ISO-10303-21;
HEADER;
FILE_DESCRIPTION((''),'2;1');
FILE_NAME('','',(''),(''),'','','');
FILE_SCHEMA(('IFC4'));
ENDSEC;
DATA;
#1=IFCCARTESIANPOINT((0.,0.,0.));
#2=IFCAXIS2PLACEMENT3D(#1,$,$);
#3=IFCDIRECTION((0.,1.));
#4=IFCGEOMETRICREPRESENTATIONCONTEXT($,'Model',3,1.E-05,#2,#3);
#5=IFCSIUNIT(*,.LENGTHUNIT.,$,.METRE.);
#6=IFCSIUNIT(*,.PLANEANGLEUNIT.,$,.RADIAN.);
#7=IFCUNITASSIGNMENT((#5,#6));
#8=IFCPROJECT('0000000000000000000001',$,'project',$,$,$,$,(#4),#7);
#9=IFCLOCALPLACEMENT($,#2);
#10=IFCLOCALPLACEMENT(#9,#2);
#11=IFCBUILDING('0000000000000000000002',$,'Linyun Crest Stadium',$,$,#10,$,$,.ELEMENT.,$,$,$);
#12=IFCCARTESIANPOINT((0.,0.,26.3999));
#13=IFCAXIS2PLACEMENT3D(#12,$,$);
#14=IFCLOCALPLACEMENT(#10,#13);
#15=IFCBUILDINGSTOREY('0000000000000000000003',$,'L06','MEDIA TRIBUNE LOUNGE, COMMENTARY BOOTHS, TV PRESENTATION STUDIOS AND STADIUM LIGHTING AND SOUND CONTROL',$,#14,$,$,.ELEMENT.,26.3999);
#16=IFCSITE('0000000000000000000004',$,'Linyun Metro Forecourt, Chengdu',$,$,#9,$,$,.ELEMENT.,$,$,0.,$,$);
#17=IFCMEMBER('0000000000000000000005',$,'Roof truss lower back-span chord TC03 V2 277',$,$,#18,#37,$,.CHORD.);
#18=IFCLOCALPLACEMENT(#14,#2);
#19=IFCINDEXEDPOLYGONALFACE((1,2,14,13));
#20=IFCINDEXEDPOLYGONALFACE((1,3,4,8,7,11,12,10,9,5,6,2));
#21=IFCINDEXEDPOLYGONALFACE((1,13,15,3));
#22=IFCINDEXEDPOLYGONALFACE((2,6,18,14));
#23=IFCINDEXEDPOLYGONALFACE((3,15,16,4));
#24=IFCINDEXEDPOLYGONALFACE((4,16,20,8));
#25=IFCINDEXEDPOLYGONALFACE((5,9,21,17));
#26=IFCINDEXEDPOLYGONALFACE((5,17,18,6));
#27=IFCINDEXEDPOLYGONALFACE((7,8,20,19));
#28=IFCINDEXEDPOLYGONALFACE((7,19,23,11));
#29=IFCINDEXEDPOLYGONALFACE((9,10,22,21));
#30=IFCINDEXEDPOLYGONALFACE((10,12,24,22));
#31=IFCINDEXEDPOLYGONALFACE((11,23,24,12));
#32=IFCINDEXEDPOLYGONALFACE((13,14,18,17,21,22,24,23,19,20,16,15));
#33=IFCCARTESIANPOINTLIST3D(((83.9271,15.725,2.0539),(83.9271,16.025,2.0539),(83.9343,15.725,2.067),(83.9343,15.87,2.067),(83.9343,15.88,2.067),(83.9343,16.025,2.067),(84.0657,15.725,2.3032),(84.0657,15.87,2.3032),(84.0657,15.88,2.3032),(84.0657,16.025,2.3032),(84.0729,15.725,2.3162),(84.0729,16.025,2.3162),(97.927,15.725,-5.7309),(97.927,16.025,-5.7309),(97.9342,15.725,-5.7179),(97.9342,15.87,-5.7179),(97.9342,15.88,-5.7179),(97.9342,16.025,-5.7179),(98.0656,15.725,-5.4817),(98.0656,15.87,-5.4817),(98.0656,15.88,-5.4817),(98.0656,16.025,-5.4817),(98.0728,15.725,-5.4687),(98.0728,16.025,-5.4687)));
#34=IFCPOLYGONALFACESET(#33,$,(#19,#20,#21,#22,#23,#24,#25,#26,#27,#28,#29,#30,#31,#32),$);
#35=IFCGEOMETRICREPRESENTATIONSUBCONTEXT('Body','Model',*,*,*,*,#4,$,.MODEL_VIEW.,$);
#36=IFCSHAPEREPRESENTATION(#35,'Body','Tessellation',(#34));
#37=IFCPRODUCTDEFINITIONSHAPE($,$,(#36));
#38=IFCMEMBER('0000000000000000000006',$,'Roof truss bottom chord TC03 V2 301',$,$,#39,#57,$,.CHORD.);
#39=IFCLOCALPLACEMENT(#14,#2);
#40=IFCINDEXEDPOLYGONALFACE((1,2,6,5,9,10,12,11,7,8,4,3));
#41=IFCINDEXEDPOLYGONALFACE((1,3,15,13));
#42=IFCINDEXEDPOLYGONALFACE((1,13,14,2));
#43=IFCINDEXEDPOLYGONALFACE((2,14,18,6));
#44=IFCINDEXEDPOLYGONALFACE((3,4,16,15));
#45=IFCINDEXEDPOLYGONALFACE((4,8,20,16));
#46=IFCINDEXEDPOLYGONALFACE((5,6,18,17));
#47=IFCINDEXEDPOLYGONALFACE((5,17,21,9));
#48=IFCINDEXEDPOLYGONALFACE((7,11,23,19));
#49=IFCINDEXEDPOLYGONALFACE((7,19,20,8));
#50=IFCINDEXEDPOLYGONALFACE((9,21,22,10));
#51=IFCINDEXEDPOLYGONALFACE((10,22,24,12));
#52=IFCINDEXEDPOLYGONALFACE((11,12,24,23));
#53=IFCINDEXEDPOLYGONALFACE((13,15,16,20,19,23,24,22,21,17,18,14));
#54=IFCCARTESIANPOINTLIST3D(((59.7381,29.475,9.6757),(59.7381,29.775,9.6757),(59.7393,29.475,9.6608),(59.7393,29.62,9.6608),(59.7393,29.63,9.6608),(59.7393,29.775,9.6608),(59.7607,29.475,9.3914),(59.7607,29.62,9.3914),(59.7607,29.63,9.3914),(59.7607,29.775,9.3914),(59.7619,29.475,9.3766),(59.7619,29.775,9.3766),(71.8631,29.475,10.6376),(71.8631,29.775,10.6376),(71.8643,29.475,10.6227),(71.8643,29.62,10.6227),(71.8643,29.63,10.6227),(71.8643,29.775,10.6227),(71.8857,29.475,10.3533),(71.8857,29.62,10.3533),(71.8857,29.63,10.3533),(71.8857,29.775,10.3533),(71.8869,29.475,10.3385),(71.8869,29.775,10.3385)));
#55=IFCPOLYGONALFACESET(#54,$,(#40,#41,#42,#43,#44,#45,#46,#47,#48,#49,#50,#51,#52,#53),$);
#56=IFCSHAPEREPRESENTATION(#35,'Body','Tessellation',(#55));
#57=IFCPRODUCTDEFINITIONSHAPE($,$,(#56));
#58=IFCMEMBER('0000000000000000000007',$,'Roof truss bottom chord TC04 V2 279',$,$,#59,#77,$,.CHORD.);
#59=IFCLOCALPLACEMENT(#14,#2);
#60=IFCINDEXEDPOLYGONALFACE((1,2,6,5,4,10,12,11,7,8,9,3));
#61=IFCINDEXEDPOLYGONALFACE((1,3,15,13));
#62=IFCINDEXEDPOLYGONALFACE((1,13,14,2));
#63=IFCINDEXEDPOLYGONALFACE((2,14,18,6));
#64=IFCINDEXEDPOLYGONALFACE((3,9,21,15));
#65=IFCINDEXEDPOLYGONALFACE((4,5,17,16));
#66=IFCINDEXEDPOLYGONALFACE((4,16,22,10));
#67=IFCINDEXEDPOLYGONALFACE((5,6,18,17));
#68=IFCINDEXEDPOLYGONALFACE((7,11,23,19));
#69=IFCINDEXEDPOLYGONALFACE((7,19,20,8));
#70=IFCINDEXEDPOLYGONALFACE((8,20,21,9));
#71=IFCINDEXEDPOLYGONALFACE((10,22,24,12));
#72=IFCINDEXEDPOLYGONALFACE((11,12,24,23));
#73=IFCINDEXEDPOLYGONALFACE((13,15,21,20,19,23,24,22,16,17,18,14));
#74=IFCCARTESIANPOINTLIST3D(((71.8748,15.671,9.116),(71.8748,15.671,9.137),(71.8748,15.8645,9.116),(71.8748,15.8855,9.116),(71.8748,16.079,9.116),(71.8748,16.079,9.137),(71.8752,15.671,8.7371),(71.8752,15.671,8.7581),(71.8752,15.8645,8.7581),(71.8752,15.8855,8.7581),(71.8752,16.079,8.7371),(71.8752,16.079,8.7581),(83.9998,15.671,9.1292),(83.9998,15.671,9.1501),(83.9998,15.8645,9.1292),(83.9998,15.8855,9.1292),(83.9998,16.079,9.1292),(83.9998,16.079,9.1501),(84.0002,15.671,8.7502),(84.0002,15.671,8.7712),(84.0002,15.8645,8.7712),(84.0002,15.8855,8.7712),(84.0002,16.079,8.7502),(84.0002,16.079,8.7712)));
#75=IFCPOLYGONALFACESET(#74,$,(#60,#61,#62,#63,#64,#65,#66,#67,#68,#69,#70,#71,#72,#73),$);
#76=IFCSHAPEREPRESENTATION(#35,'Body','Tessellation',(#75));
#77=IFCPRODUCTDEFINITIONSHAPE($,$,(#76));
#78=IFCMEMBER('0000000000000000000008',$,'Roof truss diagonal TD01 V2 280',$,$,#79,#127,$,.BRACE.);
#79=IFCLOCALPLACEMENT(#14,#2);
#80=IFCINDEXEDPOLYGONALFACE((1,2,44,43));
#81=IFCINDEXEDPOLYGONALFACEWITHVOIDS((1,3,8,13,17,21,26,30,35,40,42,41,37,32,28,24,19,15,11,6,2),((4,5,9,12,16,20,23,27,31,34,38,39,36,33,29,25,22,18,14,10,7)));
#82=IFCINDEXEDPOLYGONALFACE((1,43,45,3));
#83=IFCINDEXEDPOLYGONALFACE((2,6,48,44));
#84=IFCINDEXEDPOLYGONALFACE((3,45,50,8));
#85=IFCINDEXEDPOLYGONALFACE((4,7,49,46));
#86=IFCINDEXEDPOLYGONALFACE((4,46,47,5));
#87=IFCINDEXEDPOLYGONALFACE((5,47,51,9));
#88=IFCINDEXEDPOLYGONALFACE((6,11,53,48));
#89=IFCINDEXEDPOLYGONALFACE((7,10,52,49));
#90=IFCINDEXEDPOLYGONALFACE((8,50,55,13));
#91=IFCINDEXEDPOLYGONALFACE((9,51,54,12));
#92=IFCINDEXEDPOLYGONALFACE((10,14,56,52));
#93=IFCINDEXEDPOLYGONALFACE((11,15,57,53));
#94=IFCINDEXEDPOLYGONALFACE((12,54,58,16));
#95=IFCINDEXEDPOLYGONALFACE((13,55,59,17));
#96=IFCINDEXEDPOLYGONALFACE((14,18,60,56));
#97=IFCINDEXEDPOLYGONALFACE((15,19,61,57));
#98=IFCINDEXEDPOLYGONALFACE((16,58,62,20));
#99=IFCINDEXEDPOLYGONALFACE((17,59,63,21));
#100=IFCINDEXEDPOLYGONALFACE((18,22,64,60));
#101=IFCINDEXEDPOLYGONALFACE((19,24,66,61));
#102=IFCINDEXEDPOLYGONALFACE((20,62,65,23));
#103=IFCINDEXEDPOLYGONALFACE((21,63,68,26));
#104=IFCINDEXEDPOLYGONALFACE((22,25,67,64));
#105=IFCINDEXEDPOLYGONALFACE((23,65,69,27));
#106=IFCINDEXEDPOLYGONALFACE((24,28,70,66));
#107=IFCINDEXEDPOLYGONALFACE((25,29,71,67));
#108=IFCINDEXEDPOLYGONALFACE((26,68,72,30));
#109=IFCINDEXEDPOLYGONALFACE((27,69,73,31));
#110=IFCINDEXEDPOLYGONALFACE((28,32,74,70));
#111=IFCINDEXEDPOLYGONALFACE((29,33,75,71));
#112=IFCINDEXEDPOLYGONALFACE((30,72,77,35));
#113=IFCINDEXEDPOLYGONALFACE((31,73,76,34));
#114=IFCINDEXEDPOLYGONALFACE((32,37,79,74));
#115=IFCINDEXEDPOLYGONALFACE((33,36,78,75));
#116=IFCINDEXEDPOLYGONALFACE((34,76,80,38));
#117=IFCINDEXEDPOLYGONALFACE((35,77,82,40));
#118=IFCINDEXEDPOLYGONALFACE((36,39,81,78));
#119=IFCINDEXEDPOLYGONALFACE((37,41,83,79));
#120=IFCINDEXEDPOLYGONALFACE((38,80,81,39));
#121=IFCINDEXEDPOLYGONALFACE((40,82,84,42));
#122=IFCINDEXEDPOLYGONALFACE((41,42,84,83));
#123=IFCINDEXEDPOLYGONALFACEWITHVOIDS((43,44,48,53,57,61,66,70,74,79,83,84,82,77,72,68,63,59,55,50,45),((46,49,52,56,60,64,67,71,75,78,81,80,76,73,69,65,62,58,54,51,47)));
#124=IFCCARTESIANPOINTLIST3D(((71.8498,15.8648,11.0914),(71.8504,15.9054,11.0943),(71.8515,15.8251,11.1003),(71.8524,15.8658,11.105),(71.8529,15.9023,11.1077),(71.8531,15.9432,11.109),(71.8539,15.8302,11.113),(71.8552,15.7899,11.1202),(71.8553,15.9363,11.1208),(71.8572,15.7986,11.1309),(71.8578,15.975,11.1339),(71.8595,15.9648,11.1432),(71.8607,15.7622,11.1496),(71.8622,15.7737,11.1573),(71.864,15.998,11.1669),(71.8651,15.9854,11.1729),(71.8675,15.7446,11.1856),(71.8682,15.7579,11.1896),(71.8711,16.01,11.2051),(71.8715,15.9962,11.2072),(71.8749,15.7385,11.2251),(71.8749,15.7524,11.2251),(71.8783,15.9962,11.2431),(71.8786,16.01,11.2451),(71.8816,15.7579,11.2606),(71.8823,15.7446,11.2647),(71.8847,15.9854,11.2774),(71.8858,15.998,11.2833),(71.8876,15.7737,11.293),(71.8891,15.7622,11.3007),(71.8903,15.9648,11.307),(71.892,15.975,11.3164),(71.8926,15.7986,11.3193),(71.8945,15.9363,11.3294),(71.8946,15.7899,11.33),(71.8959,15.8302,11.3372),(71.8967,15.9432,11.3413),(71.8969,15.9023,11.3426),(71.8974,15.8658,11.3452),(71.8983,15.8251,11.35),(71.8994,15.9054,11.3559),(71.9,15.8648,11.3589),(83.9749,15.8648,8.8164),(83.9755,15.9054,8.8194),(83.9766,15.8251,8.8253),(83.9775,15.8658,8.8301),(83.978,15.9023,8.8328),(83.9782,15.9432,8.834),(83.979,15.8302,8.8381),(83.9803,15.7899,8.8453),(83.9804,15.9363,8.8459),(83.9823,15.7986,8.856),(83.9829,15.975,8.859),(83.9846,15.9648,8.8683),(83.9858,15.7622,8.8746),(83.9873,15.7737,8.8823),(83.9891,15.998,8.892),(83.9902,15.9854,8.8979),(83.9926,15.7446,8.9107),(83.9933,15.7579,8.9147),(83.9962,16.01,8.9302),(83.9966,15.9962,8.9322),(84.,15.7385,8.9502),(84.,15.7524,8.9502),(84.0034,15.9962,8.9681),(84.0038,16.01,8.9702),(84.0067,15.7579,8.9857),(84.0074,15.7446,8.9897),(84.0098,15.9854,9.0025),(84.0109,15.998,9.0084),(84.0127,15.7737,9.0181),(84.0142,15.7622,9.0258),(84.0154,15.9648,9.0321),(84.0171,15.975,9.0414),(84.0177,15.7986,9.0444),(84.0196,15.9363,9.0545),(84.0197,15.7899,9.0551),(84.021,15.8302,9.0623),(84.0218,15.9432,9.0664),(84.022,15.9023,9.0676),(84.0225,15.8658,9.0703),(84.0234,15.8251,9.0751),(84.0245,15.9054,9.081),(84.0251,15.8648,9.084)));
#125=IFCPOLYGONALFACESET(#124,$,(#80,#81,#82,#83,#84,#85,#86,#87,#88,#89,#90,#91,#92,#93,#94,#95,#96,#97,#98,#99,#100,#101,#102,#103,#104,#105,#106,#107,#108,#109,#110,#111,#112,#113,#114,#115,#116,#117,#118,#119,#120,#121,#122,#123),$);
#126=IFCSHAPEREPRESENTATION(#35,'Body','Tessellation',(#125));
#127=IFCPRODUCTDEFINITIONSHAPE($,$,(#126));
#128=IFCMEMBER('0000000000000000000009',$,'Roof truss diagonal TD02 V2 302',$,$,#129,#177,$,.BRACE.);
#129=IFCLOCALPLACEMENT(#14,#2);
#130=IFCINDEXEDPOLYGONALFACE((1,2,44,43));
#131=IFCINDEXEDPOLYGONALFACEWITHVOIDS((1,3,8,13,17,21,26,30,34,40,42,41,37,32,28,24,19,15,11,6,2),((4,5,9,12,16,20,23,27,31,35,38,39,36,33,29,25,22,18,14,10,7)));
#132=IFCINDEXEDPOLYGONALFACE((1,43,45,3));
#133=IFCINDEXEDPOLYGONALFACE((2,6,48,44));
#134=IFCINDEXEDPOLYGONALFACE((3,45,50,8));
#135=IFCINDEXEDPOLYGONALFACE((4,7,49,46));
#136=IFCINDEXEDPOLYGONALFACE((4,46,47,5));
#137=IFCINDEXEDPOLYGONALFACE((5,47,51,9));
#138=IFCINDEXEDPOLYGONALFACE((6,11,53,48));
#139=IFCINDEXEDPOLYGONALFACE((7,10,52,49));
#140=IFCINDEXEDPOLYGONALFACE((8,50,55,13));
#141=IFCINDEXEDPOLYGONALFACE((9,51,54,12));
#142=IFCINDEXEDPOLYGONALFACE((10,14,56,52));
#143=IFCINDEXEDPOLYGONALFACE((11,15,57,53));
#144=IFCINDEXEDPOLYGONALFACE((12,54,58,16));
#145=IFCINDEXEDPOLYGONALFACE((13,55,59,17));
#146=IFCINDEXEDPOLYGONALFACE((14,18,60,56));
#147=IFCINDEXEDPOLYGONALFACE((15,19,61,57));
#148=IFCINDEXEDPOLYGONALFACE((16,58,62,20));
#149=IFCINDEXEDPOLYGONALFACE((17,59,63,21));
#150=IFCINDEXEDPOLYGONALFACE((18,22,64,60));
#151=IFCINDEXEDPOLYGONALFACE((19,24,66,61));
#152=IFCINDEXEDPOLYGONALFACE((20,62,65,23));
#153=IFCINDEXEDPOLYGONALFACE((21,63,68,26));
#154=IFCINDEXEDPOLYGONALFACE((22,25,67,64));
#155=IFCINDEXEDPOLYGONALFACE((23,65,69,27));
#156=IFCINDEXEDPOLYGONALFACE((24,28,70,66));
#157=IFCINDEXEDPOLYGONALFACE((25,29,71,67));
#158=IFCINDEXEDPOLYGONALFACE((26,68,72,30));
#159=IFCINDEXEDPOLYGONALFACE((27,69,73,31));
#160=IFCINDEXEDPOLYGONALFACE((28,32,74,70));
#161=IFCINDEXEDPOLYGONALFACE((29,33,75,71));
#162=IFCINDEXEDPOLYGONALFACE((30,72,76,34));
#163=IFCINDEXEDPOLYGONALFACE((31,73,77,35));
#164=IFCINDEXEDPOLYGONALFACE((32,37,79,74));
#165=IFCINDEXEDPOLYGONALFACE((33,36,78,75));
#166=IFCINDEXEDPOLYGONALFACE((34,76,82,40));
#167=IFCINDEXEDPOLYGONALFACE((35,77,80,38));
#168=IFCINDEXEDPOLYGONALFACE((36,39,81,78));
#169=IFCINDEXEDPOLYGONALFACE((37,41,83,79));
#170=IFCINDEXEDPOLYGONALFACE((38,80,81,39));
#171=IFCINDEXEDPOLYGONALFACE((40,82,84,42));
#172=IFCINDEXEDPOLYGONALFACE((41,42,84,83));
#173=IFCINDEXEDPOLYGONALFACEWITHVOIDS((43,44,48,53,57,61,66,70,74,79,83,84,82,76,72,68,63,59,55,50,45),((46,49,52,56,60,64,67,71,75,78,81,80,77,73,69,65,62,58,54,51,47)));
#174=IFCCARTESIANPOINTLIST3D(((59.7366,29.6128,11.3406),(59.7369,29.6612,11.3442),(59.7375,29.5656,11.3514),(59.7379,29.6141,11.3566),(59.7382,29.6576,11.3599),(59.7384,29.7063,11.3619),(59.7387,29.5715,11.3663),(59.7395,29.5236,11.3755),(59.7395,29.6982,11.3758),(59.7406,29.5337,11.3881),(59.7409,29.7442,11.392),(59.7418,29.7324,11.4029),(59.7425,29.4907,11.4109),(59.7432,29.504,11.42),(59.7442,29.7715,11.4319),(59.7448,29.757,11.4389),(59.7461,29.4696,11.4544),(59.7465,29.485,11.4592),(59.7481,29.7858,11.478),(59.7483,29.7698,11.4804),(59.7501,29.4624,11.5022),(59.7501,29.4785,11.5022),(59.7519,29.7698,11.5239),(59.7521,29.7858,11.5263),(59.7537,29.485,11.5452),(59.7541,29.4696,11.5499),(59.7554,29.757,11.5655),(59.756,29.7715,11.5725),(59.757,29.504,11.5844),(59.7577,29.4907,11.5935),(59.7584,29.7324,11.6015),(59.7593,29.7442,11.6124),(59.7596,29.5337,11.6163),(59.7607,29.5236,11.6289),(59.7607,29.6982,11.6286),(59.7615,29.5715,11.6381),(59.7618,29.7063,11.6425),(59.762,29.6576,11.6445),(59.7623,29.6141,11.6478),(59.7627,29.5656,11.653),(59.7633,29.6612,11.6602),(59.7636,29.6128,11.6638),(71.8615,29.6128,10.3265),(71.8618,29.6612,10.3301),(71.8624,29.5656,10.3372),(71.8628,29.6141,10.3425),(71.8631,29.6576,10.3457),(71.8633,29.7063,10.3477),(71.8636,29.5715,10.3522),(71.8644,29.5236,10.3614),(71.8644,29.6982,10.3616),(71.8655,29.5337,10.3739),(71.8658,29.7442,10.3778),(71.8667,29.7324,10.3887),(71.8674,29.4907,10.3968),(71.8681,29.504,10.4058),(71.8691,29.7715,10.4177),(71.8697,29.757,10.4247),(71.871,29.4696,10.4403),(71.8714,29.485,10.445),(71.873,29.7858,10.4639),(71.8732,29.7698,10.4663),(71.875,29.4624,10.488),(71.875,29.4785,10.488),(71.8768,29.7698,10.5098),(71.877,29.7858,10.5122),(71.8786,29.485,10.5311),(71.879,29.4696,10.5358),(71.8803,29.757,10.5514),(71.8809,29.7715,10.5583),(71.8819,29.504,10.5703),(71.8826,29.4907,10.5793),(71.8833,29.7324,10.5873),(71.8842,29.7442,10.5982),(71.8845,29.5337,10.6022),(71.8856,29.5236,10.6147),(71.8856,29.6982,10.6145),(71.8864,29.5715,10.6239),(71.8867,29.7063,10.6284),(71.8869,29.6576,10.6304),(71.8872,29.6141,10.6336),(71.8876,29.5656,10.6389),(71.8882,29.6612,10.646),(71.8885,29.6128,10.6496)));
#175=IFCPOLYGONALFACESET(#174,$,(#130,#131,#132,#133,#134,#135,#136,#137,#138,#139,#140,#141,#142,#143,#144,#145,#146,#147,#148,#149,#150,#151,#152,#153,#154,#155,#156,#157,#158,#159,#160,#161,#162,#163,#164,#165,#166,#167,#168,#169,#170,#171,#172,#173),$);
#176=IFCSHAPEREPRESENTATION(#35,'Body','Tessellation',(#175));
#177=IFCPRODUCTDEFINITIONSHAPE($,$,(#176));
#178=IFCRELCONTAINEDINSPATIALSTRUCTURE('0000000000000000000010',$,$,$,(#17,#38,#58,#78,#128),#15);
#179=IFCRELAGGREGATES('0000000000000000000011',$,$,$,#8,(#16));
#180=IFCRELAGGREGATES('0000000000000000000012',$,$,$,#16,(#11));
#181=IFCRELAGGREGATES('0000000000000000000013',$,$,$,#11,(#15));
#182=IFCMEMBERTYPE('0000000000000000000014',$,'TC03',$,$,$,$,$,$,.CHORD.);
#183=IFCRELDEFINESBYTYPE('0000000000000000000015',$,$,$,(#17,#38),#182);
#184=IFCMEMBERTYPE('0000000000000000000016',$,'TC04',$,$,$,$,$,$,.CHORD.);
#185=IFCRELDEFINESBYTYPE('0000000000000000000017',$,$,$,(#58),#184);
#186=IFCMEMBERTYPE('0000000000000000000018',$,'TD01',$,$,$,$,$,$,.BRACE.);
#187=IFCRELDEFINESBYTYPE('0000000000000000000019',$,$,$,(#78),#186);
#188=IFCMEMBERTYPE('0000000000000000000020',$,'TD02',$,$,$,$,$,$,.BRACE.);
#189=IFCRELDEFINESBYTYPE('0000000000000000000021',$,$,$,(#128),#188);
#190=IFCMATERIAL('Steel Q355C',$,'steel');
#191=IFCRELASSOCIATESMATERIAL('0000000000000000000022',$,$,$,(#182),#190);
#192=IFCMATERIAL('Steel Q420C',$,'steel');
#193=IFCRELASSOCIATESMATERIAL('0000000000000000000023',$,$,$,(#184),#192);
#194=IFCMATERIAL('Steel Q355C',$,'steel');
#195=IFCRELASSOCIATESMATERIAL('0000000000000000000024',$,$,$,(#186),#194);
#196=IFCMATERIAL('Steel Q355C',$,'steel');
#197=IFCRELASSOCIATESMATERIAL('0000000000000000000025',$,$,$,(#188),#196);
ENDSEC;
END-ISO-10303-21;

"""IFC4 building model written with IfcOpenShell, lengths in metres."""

from ifc_helpers import new_model, si_unit, direction, frame, origin, origin_2d, place, context, subcontext, project, spatial, hollow_circle, i_section, extrude, material, material_profile, profile_set, type_object, element, save


model = new_model("IFC4")

# Units and contexts
model_context = context("Model", 3, precision=1e-05, world=origin(), true_north=direction((0.0, 1.0)))
body_context = subcontext(model_context, "Body", "Model", "MODEL_VIEW")
ifc_project = project(units=[si_unit("LENGTHUNIT", "METRE"), si_unit("PLANEANGLEUNIT", "RADIAN")], contexts=[model_context])

# Site, building, storey
site_placement = place(None, origin())
site = spatial("IfcSite", under=ifc_project, at=site_placement, Name="Linyun Metro Forecourt, Chengdu", CompositionType="ELEMENT", RefElevation=0.0)
building_placement = place(site_placement, origin())
building = spatial("IfcBuilding", under=site, at=building_placement, Name="Linyun Crest Stadium", CompositionType="ELEMENT")
storey_placement = place(building_placement, frame((0.0, 0.0, 26.3999)))
storey = spatial("IfcBuildingStorey", under=building, at=storey_placement, Name="L06", Description="MEDIA TRIBUNE LOUNGE, COMMENTARY BOOTHS, TV PRESENTATION STUDIOS AND STADIUM LIGHTING AND SOUND CONTROL", CompositionType="ELEMENT", Elevation=26.3999)

# Members
ifc_material_1 = material(Name="Steel Q355C", Category="steel")
ifc_material_profile_1 = material_profile(ifc_material_1, i_section(OverallWidth=0.3, OverallDepth=0.3, WebThickness=0.01, FlangeThickness=0.0149, at=origin_2d()), Name="HW 300x300")
ifc_profile_set_1 = profile_set([ifc_material_profile_1], Name="Steel Q355C")
member_type_1 = type_object("IfcMemberType", Name="TC03", PredefinedType="CHORD", material=ifc_profile_set_1)
member_1_placement = place(storey_placement, frame((84.0, 15.875, 2.1851), z_axis=(0.873968, 0.0, -0.485983), x_axis=(0.0, 1.0, 0.0)))
element("IfcMember", 1, at=member_1_placement, inside=storey, type_object=member_type_1, Name="Roof truss lower back-span chord TC03 V2 277", PredefinedType="CHORD", context=body_context, shape_type="SweptSolid", body=[
    extrude(i_section(OverallWidth=0.3, OverallDepth=0.3, WebThickness=0.01, FlangeThickness=0.0149, at=origin_2d()), origin(), (0.0, 0.0, 1.0), 16.0188),
])
member_2_placement = place(storey_placement, frame((71.875, 29.625, 10.488), z_axis=(-0.996868, 0.0, -0.079085), x_axis=(0.0, -1.0, 0.0)))
element("IfcMember", 2, at=member_2_placement, inside=storey, type_object=member_type_1, Name="Roof truss bottom chord TC03 V2 301", PredefinedType="CHORD", context=body_context, shape_type="SweptSolid", body=[
    extrude(i_section(OverallWidth=0.3, OverallDepth=0.3, WebThickness=0.01, FlangeThickness=0.0149, at=origin_2d()), origin(), (0.0, 0.0, 1.0), 12.1631),
])
ifc_material_2 = material(Name="Steel Q420C", Category="steel")
ifc_material_profile_2 = material_profile(ifc_material_2, i_section(OverallWidth=0.408, OverallDepth=0.3999, WebThickness=0.021, FlangeThickness=0.021, at=origin_2d()), Name="HW 400x408")
ifc_profile_set_2 = profile_set([ifc_material_profile_2], Name="Steel Q420C")
member_type_2 = type_object("IfcMemberType", Name="TC04", PredefinedType="CHORD", material=ifc_profile_set_2)
member_3_placement = place(storey_placement, frame((84.0, 15.875, 8.9502), z_axis=(-0.999999, 0.0, -0.001087), x_axis=(0.0, -1.0, 0.0)))
element("IfcMember", 3, at=member_3_placement, inside=storey, type_object=member_type_2, Name="Roof truss bottom chord TC04 V2 279", PredefinedType="CHORD", context=body_context, shape_type="SweptSolid", body=[
    extrude(i_section(OverallWidth=0.408, OverallDepth=0.3999, WebThickness=0.021, FlangeThickness=0.021, at=origin_2d()), origin(), (0.0, 0.0, 1.0), 12.125),
])
ifc_material_3 = material(Name="Steel Q355C", Category="steel")
ifc_material_profile_3 = material_profile(ifc_material_3, hollow_circle(Radius=0.1365, WallThickness=0.0139, at=origin_2d()), Name="CHS 273x14")
ifc_profile_set_3 = profile_set([ifc_material_profile_3], Name="Steel Q355C")
member_type_3 = type_object("IfcMemberType", Name="TD01", PredefinedType="BRACE", material=ifc_profile_set_3)
member_4_placement = place(storey_placement, frame((84.0, 15.875, 8.9502), z_axis=(-0.982851, 0.0, 0.184403), x_axis=(0.0, -1.0, 0.0)))
element("IfcMember", 4, at=member_4_placement, inside=storey, type_object=member_type_3, Name="Roof truss diagonal TD01 V2 280", PredefinedType="BRACE", context=body_context, shape_type="SweptSolid", body=[
    extrude(hollow_circle(Radius=0.1365, WallThickness=0.0139, at=origin_2d()), origin(), (0.0, 0.0, 1.0), 12.3367),
])
ifc_material_4 = material(Name="Steel Q355C", Category="steel")
ifc_material_profile_4 = material_profile(ifc_material_4, hollow_circle(Radius=0.1626, WallThickness=0.0161, at=origin_2d()), Name="CHS 325x16")
ifc_profile_set_4 = profile_set([ifc_material_profile_4], Name="Steel Q355C")
member_type_4 = type_object("IfcMemberType", Name="TD02", PredefinedType="BRACE", material=ifc_profile_set_4)
member_5_placement = place(storey_placement, frame((71.875, 29.625, 10.488), z_axis=(-0.99652, 0.0, 0.083351), x_axis=(0.0, -1.0, 0.0)))
element("IfcMember", 5, at=member_5_placement, inside=storey, type_object=member_type_4, Name="Roof truss diagonal TD02 V2 302", PredefinedType="BRACE", context=body_context, shape_type="SweptSolid", body=[
    extrude(hollow_circle(Radius=0.1626, WallThickness=0.0161, at=origin_2d()), origin(), (0.0, 0.0, 1.0), 12.1672),
])

save(model, "model.ifc")
